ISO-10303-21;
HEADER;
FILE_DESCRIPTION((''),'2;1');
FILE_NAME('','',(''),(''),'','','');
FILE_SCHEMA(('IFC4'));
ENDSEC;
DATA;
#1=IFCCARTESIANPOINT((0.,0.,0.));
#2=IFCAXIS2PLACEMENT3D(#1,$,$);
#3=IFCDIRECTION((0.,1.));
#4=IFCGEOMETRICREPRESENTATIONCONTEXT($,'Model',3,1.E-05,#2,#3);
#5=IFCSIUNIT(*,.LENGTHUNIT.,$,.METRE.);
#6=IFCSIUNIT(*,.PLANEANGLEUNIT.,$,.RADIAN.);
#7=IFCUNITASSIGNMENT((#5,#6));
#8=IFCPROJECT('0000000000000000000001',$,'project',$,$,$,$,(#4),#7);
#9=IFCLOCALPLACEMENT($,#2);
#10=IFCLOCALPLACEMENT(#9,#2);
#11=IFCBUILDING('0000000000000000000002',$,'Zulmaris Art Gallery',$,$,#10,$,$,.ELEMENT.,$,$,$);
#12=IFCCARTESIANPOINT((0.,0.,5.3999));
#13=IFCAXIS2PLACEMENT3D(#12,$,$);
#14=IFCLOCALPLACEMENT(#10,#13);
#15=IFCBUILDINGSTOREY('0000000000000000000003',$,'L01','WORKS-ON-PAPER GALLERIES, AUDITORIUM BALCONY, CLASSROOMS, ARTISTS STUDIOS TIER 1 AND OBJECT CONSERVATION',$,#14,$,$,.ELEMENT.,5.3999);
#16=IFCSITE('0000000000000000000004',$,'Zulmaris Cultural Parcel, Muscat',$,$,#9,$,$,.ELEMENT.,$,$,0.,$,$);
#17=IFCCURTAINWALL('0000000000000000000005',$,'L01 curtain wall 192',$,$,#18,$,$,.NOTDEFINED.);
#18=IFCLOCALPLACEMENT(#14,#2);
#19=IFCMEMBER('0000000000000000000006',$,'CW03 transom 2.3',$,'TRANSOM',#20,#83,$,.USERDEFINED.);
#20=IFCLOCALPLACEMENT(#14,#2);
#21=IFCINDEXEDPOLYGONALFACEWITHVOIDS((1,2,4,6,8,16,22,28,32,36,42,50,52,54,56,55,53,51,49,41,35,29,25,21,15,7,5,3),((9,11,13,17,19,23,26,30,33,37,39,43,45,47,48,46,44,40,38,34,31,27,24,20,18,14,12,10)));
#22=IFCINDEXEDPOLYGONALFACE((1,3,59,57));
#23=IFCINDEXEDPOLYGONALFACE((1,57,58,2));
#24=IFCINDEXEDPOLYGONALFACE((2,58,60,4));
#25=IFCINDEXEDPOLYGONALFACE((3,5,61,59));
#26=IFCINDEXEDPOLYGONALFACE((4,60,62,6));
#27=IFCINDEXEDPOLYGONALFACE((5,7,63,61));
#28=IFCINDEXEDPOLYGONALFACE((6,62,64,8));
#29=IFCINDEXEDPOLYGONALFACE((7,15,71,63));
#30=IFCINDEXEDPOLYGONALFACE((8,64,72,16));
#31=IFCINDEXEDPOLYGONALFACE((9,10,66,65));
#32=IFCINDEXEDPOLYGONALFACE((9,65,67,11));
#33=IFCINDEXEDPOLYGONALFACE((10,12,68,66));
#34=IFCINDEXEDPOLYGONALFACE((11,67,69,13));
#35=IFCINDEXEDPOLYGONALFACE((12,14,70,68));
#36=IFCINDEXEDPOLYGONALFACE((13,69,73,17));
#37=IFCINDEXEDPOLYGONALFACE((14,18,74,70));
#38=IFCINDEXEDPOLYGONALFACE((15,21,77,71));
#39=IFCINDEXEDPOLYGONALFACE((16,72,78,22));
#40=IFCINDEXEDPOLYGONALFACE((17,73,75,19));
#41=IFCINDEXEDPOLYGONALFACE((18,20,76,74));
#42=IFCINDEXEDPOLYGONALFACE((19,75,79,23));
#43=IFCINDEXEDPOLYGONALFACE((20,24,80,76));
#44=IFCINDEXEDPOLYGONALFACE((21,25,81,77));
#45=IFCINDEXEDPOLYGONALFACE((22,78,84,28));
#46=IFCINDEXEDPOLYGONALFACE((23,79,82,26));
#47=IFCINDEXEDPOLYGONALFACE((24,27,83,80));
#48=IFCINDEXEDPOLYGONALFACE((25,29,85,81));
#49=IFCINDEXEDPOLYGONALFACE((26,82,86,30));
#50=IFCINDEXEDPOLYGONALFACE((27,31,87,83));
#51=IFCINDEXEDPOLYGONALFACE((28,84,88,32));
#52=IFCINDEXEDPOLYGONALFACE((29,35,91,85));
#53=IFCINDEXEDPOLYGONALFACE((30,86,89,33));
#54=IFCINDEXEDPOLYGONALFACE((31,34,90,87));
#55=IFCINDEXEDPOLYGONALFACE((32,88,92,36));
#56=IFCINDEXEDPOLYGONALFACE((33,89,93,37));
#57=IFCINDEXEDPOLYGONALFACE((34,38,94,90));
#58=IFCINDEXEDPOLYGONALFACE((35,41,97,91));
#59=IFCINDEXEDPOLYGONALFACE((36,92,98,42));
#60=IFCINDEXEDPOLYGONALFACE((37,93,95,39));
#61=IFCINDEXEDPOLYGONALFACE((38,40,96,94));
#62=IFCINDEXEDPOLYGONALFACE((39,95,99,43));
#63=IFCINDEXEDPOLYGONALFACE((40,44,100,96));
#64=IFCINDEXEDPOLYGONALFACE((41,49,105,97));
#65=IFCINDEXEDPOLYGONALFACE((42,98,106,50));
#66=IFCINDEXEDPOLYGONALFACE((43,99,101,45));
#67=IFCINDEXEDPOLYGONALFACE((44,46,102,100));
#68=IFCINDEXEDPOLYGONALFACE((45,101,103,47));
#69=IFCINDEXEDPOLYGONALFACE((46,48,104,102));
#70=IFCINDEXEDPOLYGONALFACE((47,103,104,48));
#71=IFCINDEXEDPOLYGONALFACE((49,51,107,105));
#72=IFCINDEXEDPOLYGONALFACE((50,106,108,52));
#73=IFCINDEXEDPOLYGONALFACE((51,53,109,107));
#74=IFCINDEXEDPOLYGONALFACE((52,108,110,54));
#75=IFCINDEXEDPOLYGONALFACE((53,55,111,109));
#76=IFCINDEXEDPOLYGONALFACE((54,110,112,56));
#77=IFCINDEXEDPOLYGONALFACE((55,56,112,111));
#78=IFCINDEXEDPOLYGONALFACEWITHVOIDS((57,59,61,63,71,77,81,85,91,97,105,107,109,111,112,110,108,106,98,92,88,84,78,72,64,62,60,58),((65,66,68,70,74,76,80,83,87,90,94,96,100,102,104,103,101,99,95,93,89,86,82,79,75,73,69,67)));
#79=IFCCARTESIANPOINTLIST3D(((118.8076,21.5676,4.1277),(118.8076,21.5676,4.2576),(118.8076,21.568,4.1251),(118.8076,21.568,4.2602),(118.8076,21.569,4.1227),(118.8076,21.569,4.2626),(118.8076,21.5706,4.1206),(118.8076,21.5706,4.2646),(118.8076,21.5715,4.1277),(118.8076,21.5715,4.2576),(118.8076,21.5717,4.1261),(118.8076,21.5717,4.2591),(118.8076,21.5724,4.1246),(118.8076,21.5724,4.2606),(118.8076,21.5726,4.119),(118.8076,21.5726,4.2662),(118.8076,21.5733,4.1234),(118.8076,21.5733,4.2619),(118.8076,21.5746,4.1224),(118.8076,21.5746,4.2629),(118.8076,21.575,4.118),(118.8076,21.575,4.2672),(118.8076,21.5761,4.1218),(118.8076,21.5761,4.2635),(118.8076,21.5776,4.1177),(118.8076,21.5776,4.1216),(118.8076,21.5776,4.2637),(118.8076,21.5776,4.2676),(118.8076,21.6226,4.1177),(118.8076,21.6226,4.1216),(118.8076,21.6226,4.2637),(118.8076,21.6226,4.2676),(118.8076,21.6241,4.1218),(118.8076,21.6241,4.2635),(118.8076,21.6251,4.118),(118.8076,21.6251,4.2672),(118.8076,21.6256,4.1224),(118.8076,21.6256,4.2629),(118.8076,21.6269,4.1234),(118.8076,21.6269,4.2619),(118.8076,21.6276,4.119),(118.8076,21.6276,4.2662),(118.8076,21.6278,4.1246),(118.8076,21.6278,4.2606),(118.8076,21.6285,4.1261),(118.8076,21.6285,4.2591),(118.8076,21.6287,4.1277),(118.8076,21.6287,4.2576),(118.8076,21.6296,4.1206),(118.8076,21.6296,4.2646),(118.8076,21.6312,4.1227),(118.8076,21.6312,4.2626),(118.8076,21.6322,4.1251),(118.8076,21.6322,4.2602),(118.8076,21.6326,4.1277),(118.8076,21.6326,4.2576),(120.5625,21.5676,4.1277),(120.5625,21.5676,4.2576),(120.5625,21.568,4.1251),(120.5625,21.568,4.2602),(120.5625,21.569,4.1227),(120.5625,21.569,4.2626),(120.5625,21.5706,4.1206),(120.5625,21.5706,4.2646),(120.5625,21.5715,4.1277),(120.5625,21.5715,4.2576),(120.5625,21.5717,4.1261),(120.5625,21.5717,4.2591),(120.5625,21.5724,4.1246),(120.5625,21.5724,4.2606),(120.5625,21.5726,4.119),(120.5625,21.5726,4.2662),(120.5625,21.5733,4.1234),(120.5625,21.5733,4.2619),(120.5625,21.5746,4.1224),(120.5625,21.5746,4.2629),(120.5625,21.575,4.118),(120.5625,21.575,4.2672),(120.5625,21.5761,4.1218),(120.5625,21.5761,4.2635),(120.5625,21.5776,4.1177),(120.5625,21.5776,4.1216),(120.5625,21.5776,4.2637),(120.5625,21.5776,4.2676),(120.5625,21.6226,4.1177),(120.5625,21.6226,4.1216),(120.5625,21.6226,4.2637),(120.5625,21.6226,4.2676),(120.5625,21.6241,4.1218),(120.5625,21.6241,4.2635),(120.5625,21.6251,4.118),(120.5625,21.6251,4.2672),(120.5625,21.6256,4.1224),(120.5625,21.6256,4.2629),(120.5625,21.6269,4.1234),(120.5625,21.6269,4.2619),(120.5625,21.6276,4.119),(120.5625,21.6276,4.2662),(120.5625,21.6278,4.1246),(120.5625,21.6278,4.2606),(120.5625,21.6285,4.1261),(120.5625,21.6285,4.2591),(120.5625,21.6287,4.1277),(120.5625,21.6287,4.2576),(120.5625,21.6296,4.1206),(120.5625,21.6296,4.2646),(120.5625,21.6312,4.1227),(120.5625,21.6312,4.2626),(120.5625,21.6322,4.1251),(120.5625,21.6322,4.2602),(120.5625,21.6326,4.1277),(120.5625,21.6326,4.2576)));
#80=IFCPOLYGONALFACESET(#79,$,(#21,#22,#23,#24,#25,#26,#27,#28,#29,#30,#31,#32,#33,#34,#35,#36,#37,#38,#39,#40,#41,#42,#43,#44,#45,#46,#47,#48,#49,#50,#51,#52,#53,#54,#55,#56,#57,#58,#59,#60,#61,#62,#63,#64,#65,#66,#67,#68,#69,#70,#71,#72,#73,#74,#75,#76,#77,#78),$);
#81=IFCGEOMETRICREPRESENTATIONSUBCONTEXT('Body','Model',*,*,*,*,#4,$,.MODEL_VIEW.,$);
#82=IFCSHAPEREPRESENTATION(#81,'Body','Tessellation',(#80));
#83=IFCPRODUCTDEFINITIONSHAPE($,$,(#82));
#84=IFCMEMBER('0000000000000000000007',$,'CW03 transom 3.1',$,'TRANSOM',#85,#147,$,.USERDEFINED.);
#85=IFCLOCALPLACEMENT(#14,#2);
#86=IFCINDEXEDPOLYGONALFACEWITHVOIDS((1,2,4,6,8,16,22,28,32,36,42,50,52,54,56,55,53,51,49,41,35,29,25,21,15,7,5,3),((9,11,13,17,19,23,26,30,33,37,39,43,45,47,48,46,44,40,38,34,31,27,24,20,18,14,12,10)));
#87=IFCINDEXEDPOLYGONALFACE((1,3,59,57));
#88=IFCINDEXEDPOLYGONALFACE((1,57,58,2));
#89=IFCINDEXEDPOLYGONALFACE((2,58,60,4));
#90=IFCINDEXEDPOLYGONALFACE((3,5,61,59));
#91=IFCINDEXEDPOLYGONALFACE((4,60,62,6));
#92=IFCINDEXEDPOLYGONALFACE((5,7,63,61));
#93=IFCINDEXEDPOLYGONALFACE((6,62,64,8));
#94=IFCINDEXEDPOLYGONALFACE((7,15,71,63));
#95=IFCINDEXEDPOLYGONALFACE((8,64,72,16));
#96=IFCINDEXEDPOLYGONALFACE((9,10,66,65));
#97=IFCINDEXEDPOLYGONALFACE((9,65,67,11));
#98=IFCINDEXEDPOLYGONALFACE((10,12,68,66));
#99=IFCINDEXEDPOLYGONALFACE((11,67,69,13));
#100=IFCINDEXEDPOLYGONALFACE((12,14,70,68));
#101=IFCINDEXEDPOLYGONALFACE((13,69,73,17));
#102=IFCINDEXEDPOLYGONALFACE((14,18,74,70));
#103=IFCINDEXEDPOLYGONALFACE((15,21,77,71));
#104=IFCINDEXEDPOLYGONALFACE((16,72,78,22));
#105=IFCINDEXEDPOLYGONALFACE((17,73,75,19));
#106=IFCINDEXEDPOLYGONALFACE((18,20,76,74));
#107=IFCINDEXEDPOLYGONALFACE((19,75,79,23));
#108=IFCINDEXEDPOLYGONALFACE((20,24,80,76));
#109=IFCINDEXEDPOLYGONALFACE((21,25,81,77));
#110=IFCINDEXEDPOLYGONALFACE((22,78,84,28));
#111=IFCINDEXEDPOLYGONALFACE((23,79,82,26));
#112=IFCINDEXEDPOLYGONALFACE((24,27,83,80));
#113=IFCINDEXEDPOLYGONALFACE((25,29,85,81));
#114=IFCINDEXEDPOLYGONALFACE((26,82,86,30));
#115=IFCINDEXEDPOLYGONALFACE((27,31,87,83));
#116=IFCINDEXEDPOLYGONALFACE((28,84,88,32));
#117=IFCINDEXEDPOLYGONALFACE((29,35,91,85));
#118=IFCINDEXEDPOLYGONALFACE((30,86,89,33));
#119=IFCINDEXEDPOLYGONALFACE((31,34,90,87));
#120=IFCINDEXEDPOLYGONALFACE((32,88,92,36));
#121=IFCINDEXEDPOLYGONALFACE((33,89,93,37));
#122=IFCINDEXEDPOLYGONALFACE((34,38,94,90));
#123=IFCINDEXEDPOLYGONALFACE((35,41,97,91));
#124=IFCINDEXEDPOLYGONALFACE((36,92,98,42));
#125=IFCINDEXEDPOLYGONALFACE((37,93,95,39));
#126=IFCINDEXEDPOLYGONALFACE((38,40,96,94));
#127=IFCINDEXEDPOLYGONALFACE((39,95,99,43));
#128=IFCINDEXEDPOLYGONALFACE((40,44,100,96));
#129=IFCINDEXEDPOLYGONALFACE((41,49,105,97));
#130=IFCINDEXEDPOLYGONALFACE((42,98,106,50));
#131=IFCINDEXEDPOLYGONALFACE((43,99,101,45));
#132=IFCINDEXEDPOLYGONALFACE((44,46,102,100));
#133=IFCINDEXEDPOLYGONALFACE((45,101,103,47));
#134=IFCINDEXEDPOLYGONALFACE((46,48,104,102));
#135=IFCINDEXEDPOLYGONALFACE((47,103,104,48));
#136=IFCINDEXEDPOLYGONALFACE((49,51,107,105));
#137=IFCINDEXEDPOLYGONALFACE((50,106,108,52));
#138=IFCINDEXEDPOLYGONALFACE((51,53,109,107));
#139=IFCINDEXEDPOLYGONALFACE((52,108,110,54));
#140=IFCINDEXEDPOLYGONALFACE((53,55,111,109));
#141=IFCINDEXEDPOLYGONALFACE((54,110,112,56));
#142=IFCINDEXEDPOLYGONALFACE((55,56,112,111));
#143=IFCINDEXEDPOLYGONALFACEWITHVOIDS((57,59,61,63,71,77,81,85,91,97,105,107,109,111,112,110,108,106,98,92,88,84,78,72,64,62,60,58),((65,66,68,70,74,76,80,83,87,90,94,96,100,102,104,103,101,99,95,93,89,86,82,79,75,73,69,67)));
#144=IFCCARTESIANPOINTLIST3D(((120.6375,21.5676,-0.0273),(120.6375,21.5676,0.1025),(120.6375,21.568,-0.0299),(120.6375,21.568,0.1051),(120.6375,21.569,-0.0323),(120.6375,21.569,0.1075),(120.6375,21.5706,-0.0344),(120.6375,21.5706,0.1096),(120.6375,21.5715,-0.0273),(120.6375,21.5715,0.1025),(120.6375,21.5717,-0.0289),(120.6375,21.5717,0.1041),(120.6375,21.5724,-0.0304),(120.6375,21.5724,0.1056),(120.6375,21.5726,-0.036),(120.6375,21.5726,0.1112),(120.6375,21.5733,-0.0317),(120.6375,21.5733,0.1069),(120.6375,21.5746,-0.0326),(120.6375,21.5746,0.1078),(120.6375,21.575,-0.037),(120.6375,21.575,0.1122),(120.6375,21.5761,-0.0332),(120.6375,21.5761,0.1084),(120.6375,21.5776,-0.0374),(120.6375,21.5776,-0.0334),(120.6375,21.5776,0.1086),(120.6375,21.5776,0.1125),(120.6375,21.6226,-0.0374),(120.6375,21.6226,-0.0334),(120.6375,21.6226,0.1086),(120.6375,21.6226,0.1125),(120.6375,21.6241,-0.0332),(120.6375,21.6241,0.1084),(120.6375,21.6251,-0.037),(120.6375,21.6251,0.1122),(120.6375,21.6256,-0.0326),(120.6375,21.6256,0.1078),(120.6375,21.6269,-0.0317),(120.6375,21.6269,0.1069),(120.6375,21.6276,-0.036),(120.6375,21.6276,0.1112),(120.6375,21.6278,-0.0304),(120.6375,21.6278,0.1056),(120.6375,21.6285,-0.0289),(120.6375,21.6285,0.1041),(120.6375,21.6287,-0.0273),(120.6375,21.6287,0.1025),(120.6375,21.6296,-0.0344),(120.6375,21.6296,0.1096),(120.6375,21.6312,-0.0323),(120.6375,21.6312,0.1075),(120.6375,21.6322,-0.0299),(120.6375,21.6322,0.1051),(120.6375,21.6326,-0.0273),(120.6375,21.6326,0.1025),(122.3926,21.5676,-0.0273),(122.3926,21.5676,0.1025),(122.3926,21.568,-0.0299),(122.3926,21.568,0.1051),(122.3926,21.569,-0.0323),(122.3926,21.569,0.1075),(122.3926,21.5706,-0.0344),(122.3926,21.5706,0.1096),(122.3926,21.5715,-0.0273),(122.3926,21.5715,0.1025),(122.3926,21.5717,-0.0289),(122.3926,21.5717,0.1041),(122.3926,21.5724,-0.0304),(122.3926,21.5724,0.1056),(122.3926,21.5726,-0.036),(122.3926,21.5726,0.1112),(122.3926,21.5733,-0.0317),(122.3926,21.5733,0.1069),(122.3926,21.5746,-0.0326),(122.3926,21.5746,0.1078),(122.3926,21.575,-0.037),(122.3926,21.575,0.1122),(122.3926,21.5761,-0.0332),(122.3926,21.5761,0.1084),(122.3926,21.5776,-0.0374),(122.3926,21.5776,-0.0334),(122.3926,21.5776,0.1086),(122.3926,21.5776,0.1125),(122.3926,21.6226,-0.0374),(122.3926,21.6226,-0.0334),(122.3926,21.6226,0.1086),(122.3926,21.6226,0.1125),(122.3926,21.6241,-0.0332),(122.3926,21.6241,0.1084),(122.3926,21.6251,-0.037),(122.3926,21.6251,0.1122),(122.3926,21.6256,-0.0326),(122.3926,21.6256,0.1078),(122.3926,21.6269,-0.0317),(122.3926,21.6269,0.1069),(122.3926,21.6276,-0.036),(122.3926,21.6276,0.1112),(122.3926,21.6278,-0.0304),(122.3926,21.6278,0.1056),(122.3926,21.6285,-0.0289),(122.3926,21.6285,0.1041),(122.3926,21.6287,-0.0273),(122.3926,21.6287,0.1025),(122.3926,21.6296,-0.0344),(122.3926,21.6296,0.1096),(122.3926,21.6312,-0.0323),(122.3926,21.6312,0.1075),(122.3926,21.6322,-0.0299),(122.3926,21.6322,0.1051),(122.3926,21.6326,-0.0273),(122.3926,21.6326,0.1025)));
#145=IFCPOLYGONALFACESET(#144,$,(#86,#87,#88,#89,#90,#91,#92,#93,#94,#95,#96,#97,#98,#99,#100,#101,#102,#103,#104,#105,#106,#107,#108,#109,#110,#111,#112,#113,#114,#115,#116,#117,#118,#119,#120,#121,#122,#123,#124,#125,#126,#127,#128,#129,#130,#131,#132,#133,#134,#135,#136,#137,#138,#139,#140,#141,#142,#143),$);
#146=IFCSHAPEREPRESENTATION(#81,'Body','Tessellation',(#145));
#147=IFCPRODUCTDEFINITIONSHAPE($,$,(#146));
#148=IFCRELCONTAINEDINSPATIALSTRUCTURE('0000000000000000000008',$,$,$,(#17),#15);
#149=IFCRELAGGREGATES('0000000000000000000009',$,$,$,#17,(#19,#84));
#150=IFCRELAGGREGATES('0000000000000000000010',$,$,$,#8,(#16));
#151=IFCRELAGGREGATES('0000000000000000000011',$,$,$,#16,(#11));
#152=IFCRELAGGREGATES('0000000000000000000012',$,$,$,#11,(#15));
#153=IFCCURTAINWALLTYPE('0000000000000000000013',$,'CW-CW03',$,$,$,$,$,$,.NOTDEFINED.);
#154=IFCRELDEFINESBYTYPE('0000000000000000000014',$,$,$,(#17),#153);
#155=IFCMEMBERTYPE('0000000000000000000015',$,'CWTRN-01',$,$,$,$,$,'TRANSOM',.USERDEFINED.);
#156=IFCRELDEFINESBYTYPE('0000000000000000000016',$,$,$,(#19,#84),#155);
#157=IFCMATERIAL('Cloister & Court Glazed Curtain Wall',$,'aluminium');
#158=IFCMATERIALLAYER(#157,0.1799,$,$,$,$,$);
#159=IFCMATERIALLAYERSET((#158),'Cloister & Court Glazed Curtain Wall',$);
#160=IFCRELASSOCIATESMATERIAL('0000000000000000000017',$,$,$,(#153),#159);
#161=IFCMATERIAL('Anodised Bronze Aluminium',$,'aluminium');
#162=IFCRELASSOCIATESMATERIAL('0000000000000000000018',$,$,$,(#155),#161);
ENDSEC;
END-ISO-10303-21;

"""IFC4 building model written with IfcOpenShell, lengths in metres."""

from ifc_helpers import new_model, si_unit, direction, frame, origin, origin_2d, place, context, subcontext, project, spatial, hollow_rectangle, extrude, material, layer, layer_set, material_profile, profile_set, type_object, element, aggregate, save


model = new_model("IFC4")

# Units and contexts
model_context = context("Model", 3, precision=1e-05, world=origin(), true_north=direction((0.0, 1.0)))
body_context = subcontext(model_context, "Body", "Model", "MODEL_VIEW")
ifc_project = project(units=[si_unit("LENGTHUNIT", "METRE"), si_unit("PLANEANGLEUNIT", "RADIAN")], contexts=[model_context])

# Site, building, storey
site_placement = place(None, origin())
site = spatial("IfcSite", under=ifc_project, at=site_placement, Name="Zulmaris Cultural Parcel, Muscat", CompositionType="ELEMENT", RefElevation=0.0)
building_placement = place(site_placement, origin())
building = spatial("IfcBuilding", under=site, at=building_placement, Name="Zulmaris Art Gallery", CompositionType="ELEMENT")
storey_placement = place(building_placement, frame((0.0, 0.0, 5.3999)))
storey = spatial("IfcBuildingStorey", under=building, at=storey_placement, Name="L01", Description="WORKS-ON-PAPER GALLERIES, AUDITORIUM BALCONY, CLASSROOMS, ARTISTS STUDIOS TIER 1 AND OBJECT CONSERVATION", CompositionType="ELEMENT", Elevation=5.3999)

# Shared definitions
ifc_material_1 = material(Name="Cloister & Court Glazed Curtain Wall", Category="aluminium")
ifc_layer_1 = layer(ifc_material_1, 0.1799)
ifc_layer_set_1 = layer_set([ifc_layer_1], Name="Cloister & Court Glazed Curtain Wall")
curtain_wall_type = type_object("IfcCurtainWallType", Name="CW-CW03", PredefinedType="NOTDEFINED", material=ifc_layer_set_1)
ifc_material_2 = material(Name="Anodised Bronze Aluminium", Category="aluminium")

# Curtain wall
curtain_wall_1_placement = place(storey_placement, origin())
curtain_wall_1 = element("IfcCurtainWall", 1, at=curtain_wall_1_placement, inside=storey, type_object=curtain_wall_type, Name="L01 curtain wall 192", PredefinedType="NOTDEFINED")

# Members
ifc_material_profile_1 = material_profile(ifc_material_2, hollow_rectangle(XDim=0.0649, YDim=0.1499, WallThickness=0.0039, InnerFilletRadius=0.0061, OuterFilletRadius=0.01, at=origin_2d()), Name="ALU 65x150x4")
ifc_profile_set_1 = profile_set([ifc_material_profile_1], Name="Anodised Bronze Aluminium")
member_type_1 = type_object("IfcMemberType", Name="CWTRN-01", ElementType="TRANSOM", PredefinedType="USERDEFINED", material=ifc_profile_set_1)
member_1_placement = place(storey_placement, frame((118.8076, 21.6001, 4.1926), z_axis=(1.0, 0.0, 0.0), x_axis=(0.0, 1.0, 0.0)))
member_1 = element("IfcMember", 2, at=member_1_placement, type_object=member_type_1, Name="CW03 transom 2.3", ObjectType="TRANSOM", PredefinedType="USERDEFINED", context=body_context, shape_type="SweptSolid", body=[
    extrude(hollow_rectangle(XDim=0.0649, YDim=0.1499, WallThickness=0.0039, InnerFilletRadius=0.0061, OuterFilletRadius=0.01, at=origin_2d()), origin(), (0.0, 0.0, 1.0), 1.7549),
])
member_2_placement = place(storey_placement, frame((120.6375, 21.6001, 0.0376), z_axis=(1.0, 0.0, 0.0), x_axis=(0.0, 1.0, 0.0)))
member_2 = element("IfcMember", 3, at=member_2_placement, type_object=member_type_1, Name="CW03 transom 3.1", ObjectType="TRANSOM", PredefinedType="USERDEFINED", context=body_context, shape_type="SweptSolid", body=[
    extrude(hollow_rectangle(XDim=0.0649, YDim=0.1499, WallThickness=0.0039, InnerFilletRadius=0.0061, OuterFilletRadius=0.01, at=origin_2d()), origin(), (0.0, 0.0, 1.0), 1.7551),
])

aggregate(curtain_wall_1, [member_1, member_2])

save(model, "model.ifc")
